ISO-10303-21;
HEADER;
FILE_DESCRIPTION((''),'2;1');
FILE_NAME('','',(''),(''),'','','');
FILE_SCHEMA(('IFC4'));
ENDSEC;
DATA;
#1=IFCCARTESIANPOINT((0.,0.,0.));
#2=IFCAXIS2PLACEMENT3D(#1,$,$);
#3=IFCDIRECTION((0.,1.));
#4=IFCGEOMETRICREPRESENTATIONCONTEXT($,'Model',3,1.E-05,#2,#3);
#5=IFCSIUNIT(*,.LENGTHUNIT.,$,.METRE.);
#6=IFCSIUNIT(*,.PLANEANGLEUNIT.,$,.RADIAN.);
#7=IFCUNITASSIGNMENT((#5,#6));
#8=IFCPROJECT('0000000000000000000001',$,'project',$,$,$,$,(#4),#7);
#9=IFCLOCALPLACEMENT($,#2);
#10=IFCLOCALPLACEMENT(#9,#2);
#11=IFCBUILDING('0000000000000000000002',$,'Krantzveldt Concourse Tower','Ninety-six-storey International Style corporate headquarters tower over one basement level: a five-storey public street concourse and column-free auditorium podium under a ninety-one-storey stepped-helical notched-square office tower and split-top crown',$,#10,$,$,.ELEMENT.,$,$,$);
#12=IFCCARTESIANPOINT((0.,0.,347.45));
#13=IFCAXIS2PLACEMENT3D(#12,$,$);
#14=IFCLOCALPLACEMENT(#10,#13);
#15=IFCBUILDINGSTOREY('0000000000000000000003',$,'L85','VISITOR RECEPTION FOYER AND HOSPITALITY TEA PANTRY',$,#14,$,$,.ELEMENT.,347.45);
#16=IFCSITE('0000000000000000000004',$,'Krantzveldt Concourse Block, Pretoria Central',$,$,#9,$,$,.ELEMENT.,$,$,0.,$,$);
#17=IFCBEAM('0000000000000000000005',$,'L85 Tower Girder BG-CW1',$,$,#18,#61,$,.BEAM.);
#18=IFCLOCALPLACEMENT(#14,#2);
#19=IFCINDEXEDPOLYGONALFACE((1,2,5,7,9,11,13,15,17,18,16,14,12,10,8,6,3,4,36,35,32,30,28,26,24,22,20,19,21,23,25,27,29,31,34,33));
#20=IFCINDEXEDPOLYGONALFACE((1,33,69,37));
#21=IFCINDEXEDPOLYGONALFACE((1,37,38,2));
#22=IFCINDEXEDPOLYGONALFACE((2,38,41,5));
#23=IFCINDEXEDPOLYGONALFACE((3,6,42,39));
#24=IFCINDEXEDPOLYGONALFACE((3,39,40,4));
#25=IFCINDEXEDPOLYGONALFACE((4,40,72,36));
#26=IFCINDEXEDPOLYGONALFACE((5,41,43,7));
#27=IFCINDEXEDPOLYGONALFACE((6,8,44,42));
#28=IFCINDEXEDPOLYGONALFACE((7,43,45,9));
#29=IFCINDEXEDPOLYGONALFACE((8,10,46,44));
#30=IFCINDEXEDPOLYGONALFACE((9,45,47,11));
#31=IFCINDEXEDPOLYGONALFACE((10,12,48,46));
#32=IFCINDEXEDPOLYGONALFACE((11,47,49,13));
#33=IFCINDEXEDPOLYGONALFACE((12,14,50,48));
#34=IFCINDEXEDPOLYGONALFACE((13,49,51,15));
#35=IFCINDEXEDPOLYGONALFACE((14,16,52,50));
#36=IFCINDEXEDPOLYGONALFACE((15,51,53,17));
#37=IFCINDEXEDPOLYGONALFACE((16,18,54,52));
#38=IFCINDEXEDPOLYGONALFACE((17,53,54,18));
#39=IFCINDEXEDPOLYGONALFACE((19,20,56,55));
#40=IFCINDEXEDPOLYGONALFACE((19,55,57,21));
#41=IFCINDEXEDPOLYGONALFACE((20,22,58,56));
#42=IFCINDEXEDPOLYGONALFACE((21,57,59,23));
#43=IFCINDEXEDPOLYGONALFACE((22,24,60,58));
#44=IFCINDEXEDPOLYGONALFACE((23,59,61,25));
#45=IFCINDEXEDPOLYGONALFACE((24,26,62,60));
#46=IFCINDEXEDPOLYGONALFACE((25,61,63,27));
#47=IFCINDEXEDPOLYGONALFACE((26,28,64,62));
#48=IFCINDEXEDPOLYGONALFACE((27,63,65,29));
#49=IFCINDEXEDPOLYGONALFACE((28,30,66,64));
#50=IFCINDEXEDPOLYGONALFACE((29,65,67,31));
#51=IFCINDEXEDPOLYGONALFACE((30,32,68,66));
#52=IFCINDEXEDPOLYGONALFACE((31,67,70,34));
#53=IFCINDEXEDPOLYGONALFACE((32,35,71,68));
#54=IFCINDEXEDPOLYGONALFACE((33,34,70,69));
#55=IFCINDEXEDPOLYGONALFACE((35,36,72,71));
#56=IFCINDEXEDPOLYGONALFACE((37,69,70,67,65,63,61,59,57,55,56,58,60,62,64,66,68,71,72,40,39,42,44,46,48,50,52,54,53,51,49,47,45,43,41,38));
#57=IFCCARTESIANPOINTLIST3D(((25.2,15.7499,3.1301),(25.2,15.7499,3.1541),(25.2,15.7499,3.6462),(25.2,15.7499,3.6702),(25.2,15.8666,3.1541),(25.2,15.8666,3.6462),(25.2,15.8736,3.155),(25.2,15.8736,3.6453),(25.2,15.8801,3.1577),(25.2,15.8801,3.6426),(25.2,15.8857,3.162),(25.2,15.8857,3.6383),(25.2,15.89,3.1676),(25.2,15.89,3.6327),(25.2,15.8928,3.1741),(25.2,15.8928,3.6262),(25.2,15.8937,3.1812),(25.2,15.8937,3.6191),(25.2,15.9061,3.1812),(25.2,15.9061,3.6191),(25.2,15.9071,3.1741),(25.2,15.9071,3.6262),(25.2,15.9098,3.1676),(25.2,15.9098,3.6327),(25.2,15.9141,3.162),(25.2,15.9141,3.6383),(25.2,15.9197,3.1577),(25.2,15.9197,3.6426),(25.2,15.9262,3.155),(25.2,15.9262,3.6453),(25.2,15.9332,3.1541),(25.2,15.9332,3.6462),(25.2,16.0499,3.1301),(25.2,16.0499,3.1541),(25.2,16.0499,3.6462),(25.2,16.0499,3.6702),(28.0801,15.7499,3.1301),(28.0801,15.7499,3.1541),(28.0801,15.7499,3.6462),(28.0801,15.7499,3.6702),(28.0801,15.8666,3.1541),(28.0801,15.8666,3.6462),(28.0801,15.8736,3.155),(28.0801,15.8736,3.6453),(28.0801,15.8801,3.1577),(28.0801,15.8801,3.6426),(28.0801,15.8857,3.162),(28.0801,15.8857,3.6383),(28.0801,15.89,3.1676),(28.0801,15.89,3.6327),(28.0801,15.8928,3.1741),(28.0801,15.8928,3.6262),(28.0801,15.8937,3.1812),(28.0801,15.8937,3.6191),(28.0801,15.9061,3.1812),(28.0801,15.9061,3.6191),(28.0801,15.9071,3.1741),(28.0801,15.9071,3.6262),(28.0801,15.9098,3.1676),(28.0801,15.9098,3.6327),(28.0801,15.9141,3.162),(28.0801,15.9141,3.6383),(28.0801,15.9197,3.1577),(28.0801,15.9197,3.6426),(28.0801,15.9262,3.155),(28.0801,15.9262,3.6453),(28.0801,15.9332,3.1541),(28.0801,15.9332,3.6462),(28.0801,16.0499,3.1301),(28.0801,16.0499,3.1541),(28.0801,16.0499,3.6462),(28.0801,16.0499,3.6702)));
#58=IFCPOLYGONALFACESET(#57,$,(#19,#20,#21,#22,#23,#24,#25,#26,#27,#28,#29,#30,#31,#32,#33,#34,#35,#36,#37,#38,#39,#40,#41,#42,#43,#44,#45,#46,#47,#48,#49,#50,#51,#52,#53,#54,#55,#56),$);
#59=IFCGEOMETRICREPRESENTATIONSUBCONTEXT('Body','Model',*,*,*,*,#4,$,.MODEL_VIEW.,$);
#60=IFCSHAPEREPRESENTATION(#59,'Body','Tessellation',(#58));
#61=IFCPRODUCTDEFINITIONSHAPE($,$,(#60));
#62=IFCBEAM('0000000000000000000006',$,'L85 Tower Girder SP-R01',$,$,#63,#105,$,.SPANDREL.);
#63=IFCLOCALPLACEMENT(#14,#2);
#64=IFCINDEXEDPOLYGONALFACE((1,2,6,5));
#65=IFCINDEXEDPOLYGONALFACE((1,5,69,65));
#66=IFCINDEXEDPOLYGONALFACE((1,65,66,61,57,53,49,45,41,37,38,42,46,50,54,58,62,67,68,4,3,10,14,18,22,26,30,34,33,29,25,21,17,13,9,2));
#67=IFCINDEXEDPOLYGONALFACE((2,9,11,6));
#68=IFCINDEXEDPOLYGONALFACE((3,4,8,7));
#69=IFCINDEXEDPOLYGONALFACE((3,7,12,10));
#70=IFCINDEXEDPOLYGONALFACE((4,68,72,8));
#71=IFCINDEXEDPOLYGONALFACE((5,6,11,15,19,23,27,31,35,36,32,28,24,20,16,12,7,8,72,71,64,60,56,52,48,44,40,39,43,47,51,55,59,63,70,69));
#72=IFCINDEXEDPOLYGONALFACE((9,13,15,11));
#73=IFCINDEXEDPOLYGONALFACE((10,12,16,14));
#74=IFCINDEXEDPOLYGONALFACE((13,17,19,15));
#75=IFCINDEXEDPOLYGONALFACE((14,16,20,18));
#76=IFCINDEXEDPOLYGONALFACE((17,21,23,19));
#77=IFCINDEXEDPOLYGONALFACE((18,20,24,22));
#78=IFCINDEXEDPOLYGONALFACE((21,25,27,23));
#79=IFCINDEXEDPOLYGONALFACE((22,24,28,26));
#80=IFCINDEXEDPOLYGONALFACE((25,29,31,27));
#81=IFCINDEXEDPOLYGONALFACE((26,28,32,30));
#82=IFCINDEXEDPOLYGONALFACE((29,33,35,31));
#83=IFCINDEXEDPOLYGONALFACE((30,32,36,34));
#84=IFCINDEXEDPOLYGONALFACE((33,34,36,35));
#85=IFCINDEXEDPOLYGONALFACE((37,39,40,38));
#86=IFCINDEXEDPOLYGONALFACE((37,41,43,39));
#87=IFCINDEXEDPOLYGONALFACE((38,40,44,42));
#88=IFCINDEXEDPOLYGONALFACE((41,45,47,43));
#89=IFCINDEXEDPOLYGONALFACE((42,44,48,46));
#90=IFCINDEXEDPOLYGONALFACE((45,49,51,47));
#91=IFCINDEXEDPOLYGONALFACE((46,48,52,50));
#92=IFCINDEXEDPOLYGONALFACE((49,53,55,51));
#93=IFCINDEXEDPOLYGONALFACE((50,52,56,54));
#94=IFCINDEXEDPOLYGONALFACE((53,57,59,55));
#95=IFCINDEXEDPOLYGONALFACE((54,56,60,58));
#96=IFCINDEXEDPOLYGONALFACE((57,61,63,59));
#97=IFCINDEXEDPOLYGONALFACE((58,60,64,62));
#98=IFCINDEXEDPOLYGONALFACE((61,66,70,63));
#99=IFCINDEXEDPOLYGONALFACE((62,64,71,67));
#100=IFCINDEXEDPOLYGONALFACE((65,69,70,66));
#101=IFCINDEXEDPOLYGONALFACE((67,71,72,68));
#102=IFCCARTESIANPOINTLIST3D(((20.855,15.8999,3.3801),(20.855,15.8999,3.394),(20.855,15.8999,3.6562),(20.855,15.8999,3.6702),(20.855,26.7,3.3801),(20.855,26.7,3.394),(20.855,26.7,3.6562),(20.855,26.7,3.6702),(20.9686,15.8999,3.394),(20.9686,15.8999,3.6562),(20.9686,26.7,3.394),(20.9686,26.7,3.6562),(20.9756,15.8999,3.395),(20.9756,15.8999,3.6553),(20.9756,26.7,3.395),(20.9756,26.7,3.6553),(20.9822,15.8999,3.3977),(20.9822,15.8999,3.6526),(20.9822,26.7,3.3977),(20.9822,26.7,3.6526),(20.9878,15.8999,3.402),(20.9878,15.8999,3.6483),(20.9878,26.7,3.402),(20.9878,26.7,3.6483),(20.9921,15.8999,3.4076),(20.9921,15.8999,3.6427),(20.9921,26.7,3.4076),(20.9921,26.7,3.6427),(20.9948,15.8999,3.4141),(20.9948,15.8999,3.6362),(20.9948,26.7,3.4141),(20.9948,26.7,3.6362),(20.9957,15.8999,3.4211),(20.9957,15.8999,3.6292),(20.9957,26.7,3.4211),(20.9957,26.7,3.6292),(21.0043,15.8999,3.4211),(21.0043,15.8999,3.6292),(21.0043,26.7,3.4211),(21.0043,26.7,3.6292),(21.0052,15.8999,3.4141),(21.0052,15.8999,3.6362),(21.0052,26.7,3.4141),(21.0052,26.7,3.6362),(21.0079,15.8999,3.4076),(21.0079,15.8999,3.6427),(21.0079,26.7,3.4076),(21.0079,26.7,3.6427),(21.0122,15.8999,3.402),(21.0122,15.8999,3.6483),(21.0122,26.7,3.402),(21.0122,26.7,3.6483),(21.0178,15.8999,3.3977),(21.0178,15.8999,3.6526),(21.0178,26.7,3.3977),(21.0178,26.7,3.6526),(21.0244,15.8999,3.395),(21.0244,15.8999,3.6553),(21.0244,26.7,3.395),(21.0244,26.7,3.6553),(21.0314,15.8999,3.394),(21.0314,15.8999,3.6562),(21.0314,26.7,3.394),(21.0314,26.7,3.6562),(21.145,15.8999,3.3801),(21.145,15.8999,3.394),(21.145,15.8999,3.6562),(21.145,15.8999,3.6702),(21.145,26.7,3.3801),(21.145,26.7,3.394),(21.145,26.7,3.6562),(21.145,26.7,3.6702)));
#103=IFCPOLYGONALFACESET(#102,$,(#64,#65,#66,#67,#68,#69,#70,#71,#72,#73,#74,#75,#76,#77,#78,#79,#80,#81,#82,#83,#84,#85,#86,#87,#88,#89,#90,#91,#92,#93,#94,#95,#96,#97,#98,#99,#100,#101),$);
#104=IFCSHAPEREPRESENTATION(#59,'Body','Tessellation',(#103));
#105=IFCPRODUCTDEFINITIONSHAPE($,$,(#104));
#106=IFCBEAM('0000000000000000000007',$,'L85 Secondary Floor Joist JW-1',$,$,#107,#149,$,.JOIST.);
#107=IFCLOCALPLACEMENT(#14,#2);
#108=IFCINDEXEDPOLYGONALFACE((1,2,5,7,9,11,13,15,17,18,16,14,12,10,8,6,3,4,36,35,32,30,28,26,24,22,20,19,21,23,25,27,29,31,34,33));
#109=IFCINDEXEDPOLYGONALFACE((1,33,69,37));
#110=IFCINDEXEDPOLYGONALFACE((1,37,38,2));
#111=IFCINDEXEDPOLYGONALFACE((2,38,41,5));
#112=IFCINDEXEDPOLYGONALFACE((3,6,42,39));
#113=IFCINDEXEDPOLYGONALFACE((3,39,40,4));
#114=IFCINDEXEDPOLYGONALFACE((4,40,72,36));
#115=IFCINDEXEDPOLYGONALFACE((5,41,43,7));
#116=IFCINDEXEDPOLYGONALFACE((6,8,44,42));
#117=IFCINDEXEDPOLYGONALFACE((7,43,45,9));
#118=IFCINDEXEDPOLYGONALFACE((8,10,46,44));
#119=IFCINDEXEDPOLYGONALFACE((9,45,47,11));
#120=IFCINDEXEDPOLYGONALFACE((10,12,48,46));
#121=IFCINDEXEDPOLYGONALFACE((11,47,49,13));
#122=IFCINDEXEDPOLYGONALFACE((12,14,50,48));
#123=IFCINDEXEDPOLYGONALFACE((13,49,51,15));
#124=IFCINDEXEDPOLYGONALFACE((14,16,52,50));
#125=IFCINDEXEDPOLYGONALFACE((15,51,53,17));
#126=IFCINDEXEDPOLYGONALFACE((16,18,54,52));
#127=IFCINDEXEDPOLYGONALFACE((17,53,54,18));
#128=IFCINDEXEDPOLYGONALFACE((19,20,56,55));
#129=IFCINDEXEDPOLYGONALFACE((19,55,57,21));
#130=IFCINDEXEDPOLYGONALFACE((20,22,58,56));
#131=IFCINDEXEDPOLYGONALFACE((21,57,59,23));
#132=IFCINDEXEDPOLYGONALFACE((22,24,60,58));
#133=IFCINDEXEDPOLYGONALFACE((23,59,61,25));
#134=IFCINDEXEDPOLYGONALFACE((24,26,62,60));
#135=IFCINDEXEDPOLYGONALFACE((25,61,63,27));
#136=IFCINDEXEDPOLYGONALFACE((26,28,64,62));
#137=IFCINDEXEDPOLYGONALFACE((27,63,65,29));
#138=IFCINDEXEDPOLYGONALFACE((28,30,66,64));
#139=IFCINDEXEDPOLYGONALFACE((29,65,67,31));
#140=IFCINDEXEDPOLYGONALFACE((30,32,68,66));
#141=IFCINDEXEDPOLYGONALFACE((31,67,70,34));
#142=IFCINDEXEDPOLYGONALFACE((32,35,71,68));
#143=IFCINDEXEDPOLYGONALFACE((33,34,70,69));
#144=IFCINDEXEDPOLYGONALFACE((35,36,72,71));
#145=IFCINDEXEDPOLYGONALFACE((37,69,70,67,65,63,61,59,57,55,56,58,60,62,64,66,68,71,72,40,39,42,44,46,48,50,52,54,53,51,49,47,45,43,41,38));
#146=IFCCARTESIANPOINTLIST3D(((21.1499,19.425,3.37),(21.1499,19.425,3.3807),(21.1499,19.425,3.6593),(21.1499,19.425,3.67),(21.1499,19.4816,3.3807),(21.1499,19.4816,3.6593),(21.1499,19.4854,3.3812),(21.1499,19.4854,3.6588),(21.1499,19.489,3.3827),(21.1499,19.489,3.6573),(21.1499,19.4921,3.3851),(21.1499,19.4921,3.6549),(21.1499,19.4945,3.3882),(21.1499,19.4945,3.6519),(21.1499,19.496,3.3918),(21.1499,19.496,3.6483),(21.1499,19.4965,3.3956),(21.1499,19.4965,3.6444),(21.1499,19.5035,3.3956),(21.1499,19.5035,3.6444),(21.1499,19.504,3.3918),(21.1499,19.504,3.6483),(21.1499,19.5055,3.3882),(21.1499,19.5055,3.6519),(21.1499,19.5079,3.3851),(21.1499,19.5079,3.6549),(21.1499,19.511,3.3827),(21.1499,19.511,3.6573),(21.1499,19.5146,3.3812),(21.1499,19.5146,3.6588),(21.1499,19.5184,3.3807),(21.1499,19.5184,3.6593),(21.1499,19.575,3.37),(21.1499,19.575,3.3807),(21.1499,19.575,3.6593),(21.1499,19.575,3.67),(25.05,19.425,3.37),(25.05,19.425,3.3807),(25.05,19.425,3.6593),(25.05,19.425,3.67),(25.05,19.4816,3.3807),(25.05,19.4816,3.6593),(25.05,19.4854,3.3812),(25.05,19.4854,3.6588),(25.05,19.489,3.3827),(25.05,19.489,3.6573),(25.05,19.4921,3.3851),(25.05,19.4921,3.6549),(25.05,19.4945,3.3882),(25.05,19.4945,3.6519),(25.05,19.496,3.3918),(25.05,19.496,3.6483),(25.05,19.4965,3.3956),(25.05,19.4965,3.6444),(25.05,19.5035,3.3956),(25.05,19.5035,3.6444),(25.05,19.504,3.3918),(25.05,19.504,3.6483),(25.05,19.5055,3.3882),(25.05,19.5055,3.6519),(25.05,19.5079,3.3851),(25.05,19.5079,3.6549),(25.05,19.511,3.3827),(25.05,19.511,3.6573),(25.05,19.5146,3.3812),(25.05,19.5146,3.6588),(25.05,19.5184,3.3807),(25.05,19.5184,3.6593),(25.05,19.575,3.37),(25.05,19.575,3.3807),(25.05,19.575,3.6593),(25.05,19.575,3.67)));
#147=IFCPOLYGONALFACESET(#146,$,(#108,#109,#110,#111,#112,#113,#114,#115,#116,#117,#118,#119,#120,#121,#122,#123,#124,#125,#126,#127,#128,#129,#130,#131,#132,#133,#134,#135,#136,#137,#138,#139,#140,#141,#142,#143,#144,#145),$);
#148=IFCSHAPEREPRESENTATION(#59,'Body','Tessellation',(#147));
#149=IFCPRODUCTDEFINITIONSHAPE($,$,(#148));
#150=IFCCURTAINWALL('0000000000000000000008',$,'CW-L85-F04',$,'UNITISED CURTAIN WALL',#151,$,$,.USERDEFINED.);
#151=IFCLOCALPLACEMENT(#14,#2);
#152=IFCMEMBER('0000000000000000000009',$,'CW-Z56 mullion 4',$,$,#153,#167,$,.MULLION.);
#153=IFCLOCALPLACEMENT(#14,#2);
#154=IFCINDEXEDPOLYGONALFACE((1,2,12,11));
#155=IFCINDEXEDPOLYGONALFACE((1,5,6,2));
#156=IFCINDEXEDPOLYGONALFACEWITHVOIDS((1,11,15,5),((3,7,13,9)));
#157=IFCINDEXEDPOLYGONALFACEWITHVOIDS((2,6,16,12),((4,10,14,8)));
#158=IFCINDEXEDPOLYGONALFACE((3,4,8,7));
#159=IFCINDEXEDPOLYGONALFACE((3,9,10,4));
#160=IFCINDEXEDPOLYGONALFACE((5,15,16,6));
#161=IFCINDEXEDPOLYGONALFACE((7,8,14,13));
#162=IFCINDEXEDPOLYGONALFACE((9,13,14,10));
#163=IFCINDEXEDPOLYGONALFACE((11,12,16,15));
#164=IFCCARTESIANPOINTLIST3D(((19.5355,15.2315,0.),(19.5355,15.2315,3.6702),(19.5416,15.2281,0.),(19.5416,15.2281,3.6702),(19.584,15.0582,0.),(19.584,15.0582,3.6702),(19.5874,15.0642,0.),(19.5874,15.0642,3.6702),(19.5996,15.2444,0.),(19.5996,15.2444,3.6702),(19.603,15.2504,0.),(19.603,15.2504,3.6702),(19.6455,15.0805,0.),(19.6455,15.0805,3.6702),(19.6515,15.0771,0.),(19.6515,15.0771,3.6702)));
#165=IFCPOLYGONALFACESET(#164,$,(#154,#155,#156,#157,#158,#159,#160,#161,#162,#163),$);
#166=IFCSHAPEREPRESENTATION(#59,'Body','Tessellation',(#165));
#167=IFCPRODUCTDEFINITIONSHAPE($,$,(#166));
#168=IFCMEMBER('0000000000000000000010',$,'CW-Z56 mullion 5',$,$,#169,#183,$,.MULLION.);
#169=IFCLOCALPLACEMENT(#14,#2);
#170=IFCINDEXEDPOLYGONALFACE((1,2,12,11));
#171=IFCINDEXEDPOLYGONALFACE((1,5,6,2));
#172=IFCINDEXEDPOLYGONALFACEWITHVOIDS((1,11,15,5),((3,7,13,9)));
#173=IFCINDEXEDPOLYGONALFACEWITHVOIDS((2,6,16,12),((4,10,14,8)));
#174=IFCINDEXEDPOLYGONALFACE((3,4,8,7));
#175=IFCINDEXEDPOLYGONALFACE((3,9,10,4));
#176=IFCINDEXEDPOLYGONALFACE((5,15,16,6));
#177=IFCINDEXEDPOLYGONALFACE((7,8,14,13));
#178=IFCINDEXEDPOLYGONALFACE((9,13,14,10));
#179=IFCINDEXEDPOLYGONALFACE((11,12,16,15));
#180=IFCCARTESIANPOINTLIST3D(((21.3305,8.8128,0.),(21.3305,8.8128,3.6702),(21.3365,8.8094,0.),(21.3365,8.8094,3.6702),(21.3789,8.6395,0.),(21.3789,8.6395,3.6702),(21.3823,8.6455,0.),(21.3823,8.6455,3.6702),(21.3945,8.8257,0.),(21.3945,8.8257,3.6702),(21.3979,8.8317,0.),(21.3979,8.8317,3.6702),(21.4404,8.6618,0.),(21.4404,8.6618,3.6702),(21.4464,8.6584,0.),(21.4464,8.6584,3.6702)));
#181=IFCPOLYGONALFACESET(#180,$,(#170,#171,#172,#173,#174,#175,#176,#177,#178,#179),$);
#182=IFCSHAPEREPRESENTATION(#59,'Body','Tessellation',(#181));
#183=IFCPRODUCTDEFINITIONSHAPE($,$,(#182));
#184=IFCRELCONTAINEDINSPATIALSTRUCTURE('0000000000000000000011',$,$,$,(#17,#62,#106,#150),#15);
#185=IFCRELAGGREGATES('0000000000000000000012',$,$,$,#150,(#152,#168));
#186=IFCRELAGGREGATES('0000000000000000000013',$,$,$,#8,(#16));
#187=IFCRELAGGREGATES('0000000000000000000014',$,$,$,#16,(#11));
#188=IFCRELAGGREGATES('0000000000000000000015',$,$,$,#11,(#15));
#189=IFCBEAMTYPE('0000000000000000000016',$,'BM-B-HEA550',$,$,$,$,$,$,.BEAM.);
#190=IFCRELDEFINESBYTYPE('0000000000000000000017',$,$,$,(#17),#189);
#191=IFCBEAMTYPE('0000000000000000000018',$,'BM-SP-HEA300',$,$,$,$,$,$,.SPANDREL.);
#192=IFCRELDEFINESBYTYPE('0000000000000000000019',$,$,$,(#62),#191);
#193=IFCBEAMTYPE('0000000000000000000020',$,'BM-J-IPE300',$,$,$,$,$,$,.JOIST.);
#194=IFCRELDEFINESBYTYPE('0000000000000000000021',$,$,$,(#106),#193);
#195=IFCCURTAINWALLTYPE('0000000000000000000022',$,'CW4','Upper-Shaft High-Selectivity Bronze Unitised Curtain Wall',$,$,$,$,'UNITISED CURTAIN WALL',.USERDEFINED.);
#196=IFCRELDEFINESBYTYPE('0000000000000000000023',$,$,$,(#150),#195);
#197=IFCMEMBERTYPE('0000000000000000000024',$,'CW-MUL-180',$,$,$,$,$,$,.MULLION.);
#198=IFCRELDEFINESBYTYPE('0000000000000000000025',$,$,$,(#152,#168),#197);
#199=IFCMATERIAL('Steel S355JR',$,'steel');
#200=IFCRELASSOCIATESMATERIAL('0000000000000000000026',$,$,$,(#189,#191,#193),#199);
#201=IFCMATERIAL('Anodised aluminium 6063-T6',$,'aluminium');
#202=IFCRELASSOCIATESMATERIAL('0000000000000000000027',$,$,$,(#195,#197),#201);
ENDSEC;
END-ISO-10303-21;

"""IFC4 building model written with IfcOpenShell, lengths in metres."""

from ifc_helpers import new_model, si_unit, direction, frame, origin, origin_2d, place, context, subcontext, project, spatial, hollow_rectangle, i_section, extrude, source, transform, mapped, material, material_profile, profile_set, type_object, type_shapes, element, aggregate, save


model = new_model("IFC4")

# Units and contexts
model_context = context("Model", 3, precision=1e-05, world=origin(), true_north=direction((0.0, 1.0)))
body_context = subcontext(model_context, "Body", "Model", "MODEL_VIEW")
ifc_project = project(units=[si_unit("LENGTHUNIT", "METRE"), si_unit("PLANEANGLEUNIT", "RADIAN")], contexts=[model_context])

# Site, building, storey
site_placement = place(None, origin())
site = spatial("IfcSite", under=ifc_project, at=site_placement, Name="Krantzveldt Concourse Block, Pretoria Central", CompositionType="ELEMENT", RefElevation=0.0)
building_placement = place(site_placement, origin())
building = spatial("IfcBuilding", under=site, at=building_placement, Name="Krantzveldt Concourse Tower", Description="Ninety-six-storey International Style corporate headquarters tower over one basement level: a five-storey public street concourse and column-free auditorium podium under a ninety-one-storey stepped-helical notched-square office tower and split-top crown", CompositionType="ELEMENT")
storey_placement = place(building_placement, frame((0.0, 0.0, 347.45)))
storey = spatial("IfcBuildingStorey", under=building, at=storey_placement, Name="L85", Description="VISITOR RECEPTION FOYER AND HOSPITALITY TEA PANTRY", CompositionType="ELEMENT", Elevation=347.45)

# Beams
ifc_material_1 = material(Name="Steel S355JR", Category="steel")
ifc_material_profile_1 = material_profile(ifc_material_1, i_section(OverallWidth=0.3, OverallDepth=0.54, WebThickness=0.0125, FlangeThickness=0.0239, FilletRadius=0.0271, at=origin_2d()), Name="Steel S355JR", Category="steel")
ifc_profile_set_1 = profile_set([ifc_material_profile_1], Name="Steel S355JR - HEA 550")
beam_type_1 = type_object("IfcBeamType", Name="BM-B-HEA550", PredefinedType="BEAM", material=ifc_profile_set_1)
shared_shape_1 = source(origin(), body_context, "Body", "SweptSolid", [
    extrude(i_section(OverallWidth=0.3, OverallDepth=0.54, WebThickness=0.0125, FlangeThickness=0.0239, FilletRadius=0.0271, at=origin_2d()), origin(), (0.0, 0.0, 1.0), 2.8801),
])
beam_1_placement = place(storey_placement, frame((25.2, 15.8999, 3.4001), z_axis=(1.0, 0.0, 0.0), x_axis=(0.0, 1.0, 0.0)))
element("IfcBeam", 1, at=beam_1_placement, inside=storey, type_object=beam_type_1, Name="L85 Tower Girder BG-CW1", PredefinedType="BEAM", context=body_context, shape_type="MappedRepresentation", body=[
    mapped(shared_shape_1, transform((0.0, 0.0, 0.0), x_axis=(1.0, 0.0, 0.0), y_axis=(0.0, 1.0, 0.0), z_axis=(0.0, 0.0, 1.0), scale=1.0)),
])
ifc_material_profile_2 = material_profile(ifc_material_1, i_section(OverallWidth=0.29, OverallDepth=0.29, WebThickness=0.0085, FlangeThickness=0.0139, FilletRadius=0.0271, at=origin_2d()), Name="Steel S355JR", Category="steel")
ifc_profile_set_2 = profile_set([ifc_material_profile_2], Name="Steel S355JR - HEA 300")
beam_type_2 = type_object("IfcBeamType", Name="BM-SP-HEA300", PredefinedType="SPANDREL", material=ifc_profile_set_2)
shared_shape_2 = source(origin(), body_context, "Body", "SweptSolid", [
    extrude(i_section(OverallWidth=0.29, OverallDepth=0.29, WebThickness=0.0085, FlangeThickness=0.0139, FilletRadius=0.0271, at=origin_2d()), origin(), (0.0, 0.0, 1.0), 10.8),
])
type_shapes(beam_type_2, [shared_shape_2])
beam_2_placement = place(storey_placement, frame((21.0, 15.8999, 3.5251), z_axis=(0.0, 1.0, 0.0), x_axis=(-1.0, 0.0, 0.0)))
element("IfcBeam", 2, at=beam_2_placement, inside=storey, type_object=beam_type_2, Name="L85 Tower Girder SP-R01", PredefinedType="SPANDREL", context=body_context, shape_type="MappedRepresentation", body=[
    mapped(shared_shape_2, transform((0.0, 0.0, 0.0), x_axis=(1.0, 0.0, 0.0), y_axis=(0.0, 1.0, 0.0), z_axis=(0.0, 0.0, 1.0), scale=1.0)),
])
ifc_material_profile_3 = material_profile(ifc_material_1, i_section(OverallWidth=0.1499, OverallDepth=0.3, WebThickness=0.0071, FlangeThickness=0.0107, FilletRadius=0.0149, at=origin_2d()), Name="Steel S355JR", Category="steel")
ifc_profile_set_3 = profile_set([ifc_material_profile_3], Name="Steel S355JR - IPE 300")
beam_type_3 = type_object("IfcBeamType", Name="BM-J-IPE300", PredefinedType="JOIST", material=ifc_profile_set_3)
shared_shape_3 = source(origin(), body_context, "Body", "SweptSolid", [
    extrude(i_section(OverallWidth=0.1499, OverallDepth=0.3, WebThickness=0.0071, FlangeThickness=0.0107, FilletRadius=0.0149, at=origin_2d()), origin(), (0.0, 0.0, 1.0), 3.9001),
])
type_shapes(beam_type_3, [shared_shape_3])
beam_3_placement = place(storey_placement, frame((21.1499, 19.5, 3.52), z_axis=(1.0, 0.0, 0.0), x_axis=(0.0, 1.0, 0.0)))
element("IfcBeam", 3, at=beam_3_placement, inside=storey, type_object=beam_type_3, Name="L85 Secondary Floor Joist JW-1", PredefinedType="JOIST", context=body_context, shape_type="MappedRepresentation", body=[
    mapped(shared_shape_3, transform((0.0, 0.0, 0.0), x_axis=(1.0, 0.0, 0.0), y_axis=(0.0, 1.0, 0.0), z_axis=(0.0, 0.0, 1.0), scale=1.0)),
])

# Curtain wall, members
ifc_material_2 = material(Name="Anodised aluminium 6063-T6", Category="aluminium")
curtain_wall_type = type_object("IfcCurtainWallType", Name="CW4", Description="Upper-Shaft High-Selectivity Bronze Unitised Curtain Wall", ElementType="UNITISED CURTAIN WALL", PredefinedType="USERDEFINED", material=ifc_material_2)
curtain_wall_1_placement = place(storey_placement, origin())
curtain_wall_1 = element("IfcCurtainWall", 4, at=curtain_wall_1_placement, inside=storey, type_object=curtain_wall_type, Name="CW-L85-F04", ObjectType="UNITISED CURTAIN WALL", PredefinedType="USERDEFINED")
ifc_material_profile_4 = material_profile(ifc_material_2, hollow_rectangle(XDim=0.0701, YDim=0.1799, WallThickness=0.0049, at=origin_2d()), Name="Anodised aluminium 6063-T6", Category="aluminium")
ifc_profile_set_4 = profile_set([ifc_material_profile_4], Name="Anodised aluminium 6063-T6 - ALU-MULL 180x70x5")
member_type_1 = type_object("IfcMemberType", Name="CW-MUL-180", PredefinedType="MULLION", material=ifc_profile_set_4)
shared_shape_4 = source(origin(), body_context, "Body", "SweptSolid", [
    extrude(hollow_rectangle(XDim=0.0701, YDim=0.1799, WallThickness=0.0049, at=origin_2d()), origin(), (0.0, 0.0, 1.0), 3.6702),
])
type_shapes(member_type_1, [shared_shape_4])
member_1_placement = place(storey_placement, frame((19.5935, 15.1543, 0.0), z_axis=(0.0, 0.0, 1.0), x_axis=(0.963045, 0.26934, 0.0)))
member_1 = element("IfcMember", 5, at=member_1_placement, type_object=member_type_1, Name="CW-Z56 mullion 4", PredefinedType="MULLION", context=body_context, shape_type="MappedRepresentation", body=[
    mapped(shared_shape_4, transform((0.0, 0.0, 0.0), x_axis=(1.0, 0.0, 0.0), y_axis=(0.0, 1.0, 0.0), z_axis=(0.0, 0.0, 1.0), scale=1.0)),
])
member_2_placement = place(storey_placement, frame((21.3884, 8.7356, 0.0), z_axis=(0.0, 0.0, 1.0), x_axis=(0.963045, 0.26934, 0.0)))
member_2 = element("IfcMember", 6, at=member_2_placement, type_object=member_type_1, Name="CW-Z56 mullion 5", PredefinedType="MULLION", context=body_context, shape_type="MappedRepresentation", body=[
    mapped(shared_shape_4, transform((0.0, 0.0, 0.0), x_axis=(1.0, 0.0, 0.0), y_axis=(0.0, 1.0, 0.0), z_axis=(0.0, 0.0, 1.0), scale=1.0)),
])

aggregate(curtain_wall_1, [member_1, member_2])

save(model, "model.ifc")
